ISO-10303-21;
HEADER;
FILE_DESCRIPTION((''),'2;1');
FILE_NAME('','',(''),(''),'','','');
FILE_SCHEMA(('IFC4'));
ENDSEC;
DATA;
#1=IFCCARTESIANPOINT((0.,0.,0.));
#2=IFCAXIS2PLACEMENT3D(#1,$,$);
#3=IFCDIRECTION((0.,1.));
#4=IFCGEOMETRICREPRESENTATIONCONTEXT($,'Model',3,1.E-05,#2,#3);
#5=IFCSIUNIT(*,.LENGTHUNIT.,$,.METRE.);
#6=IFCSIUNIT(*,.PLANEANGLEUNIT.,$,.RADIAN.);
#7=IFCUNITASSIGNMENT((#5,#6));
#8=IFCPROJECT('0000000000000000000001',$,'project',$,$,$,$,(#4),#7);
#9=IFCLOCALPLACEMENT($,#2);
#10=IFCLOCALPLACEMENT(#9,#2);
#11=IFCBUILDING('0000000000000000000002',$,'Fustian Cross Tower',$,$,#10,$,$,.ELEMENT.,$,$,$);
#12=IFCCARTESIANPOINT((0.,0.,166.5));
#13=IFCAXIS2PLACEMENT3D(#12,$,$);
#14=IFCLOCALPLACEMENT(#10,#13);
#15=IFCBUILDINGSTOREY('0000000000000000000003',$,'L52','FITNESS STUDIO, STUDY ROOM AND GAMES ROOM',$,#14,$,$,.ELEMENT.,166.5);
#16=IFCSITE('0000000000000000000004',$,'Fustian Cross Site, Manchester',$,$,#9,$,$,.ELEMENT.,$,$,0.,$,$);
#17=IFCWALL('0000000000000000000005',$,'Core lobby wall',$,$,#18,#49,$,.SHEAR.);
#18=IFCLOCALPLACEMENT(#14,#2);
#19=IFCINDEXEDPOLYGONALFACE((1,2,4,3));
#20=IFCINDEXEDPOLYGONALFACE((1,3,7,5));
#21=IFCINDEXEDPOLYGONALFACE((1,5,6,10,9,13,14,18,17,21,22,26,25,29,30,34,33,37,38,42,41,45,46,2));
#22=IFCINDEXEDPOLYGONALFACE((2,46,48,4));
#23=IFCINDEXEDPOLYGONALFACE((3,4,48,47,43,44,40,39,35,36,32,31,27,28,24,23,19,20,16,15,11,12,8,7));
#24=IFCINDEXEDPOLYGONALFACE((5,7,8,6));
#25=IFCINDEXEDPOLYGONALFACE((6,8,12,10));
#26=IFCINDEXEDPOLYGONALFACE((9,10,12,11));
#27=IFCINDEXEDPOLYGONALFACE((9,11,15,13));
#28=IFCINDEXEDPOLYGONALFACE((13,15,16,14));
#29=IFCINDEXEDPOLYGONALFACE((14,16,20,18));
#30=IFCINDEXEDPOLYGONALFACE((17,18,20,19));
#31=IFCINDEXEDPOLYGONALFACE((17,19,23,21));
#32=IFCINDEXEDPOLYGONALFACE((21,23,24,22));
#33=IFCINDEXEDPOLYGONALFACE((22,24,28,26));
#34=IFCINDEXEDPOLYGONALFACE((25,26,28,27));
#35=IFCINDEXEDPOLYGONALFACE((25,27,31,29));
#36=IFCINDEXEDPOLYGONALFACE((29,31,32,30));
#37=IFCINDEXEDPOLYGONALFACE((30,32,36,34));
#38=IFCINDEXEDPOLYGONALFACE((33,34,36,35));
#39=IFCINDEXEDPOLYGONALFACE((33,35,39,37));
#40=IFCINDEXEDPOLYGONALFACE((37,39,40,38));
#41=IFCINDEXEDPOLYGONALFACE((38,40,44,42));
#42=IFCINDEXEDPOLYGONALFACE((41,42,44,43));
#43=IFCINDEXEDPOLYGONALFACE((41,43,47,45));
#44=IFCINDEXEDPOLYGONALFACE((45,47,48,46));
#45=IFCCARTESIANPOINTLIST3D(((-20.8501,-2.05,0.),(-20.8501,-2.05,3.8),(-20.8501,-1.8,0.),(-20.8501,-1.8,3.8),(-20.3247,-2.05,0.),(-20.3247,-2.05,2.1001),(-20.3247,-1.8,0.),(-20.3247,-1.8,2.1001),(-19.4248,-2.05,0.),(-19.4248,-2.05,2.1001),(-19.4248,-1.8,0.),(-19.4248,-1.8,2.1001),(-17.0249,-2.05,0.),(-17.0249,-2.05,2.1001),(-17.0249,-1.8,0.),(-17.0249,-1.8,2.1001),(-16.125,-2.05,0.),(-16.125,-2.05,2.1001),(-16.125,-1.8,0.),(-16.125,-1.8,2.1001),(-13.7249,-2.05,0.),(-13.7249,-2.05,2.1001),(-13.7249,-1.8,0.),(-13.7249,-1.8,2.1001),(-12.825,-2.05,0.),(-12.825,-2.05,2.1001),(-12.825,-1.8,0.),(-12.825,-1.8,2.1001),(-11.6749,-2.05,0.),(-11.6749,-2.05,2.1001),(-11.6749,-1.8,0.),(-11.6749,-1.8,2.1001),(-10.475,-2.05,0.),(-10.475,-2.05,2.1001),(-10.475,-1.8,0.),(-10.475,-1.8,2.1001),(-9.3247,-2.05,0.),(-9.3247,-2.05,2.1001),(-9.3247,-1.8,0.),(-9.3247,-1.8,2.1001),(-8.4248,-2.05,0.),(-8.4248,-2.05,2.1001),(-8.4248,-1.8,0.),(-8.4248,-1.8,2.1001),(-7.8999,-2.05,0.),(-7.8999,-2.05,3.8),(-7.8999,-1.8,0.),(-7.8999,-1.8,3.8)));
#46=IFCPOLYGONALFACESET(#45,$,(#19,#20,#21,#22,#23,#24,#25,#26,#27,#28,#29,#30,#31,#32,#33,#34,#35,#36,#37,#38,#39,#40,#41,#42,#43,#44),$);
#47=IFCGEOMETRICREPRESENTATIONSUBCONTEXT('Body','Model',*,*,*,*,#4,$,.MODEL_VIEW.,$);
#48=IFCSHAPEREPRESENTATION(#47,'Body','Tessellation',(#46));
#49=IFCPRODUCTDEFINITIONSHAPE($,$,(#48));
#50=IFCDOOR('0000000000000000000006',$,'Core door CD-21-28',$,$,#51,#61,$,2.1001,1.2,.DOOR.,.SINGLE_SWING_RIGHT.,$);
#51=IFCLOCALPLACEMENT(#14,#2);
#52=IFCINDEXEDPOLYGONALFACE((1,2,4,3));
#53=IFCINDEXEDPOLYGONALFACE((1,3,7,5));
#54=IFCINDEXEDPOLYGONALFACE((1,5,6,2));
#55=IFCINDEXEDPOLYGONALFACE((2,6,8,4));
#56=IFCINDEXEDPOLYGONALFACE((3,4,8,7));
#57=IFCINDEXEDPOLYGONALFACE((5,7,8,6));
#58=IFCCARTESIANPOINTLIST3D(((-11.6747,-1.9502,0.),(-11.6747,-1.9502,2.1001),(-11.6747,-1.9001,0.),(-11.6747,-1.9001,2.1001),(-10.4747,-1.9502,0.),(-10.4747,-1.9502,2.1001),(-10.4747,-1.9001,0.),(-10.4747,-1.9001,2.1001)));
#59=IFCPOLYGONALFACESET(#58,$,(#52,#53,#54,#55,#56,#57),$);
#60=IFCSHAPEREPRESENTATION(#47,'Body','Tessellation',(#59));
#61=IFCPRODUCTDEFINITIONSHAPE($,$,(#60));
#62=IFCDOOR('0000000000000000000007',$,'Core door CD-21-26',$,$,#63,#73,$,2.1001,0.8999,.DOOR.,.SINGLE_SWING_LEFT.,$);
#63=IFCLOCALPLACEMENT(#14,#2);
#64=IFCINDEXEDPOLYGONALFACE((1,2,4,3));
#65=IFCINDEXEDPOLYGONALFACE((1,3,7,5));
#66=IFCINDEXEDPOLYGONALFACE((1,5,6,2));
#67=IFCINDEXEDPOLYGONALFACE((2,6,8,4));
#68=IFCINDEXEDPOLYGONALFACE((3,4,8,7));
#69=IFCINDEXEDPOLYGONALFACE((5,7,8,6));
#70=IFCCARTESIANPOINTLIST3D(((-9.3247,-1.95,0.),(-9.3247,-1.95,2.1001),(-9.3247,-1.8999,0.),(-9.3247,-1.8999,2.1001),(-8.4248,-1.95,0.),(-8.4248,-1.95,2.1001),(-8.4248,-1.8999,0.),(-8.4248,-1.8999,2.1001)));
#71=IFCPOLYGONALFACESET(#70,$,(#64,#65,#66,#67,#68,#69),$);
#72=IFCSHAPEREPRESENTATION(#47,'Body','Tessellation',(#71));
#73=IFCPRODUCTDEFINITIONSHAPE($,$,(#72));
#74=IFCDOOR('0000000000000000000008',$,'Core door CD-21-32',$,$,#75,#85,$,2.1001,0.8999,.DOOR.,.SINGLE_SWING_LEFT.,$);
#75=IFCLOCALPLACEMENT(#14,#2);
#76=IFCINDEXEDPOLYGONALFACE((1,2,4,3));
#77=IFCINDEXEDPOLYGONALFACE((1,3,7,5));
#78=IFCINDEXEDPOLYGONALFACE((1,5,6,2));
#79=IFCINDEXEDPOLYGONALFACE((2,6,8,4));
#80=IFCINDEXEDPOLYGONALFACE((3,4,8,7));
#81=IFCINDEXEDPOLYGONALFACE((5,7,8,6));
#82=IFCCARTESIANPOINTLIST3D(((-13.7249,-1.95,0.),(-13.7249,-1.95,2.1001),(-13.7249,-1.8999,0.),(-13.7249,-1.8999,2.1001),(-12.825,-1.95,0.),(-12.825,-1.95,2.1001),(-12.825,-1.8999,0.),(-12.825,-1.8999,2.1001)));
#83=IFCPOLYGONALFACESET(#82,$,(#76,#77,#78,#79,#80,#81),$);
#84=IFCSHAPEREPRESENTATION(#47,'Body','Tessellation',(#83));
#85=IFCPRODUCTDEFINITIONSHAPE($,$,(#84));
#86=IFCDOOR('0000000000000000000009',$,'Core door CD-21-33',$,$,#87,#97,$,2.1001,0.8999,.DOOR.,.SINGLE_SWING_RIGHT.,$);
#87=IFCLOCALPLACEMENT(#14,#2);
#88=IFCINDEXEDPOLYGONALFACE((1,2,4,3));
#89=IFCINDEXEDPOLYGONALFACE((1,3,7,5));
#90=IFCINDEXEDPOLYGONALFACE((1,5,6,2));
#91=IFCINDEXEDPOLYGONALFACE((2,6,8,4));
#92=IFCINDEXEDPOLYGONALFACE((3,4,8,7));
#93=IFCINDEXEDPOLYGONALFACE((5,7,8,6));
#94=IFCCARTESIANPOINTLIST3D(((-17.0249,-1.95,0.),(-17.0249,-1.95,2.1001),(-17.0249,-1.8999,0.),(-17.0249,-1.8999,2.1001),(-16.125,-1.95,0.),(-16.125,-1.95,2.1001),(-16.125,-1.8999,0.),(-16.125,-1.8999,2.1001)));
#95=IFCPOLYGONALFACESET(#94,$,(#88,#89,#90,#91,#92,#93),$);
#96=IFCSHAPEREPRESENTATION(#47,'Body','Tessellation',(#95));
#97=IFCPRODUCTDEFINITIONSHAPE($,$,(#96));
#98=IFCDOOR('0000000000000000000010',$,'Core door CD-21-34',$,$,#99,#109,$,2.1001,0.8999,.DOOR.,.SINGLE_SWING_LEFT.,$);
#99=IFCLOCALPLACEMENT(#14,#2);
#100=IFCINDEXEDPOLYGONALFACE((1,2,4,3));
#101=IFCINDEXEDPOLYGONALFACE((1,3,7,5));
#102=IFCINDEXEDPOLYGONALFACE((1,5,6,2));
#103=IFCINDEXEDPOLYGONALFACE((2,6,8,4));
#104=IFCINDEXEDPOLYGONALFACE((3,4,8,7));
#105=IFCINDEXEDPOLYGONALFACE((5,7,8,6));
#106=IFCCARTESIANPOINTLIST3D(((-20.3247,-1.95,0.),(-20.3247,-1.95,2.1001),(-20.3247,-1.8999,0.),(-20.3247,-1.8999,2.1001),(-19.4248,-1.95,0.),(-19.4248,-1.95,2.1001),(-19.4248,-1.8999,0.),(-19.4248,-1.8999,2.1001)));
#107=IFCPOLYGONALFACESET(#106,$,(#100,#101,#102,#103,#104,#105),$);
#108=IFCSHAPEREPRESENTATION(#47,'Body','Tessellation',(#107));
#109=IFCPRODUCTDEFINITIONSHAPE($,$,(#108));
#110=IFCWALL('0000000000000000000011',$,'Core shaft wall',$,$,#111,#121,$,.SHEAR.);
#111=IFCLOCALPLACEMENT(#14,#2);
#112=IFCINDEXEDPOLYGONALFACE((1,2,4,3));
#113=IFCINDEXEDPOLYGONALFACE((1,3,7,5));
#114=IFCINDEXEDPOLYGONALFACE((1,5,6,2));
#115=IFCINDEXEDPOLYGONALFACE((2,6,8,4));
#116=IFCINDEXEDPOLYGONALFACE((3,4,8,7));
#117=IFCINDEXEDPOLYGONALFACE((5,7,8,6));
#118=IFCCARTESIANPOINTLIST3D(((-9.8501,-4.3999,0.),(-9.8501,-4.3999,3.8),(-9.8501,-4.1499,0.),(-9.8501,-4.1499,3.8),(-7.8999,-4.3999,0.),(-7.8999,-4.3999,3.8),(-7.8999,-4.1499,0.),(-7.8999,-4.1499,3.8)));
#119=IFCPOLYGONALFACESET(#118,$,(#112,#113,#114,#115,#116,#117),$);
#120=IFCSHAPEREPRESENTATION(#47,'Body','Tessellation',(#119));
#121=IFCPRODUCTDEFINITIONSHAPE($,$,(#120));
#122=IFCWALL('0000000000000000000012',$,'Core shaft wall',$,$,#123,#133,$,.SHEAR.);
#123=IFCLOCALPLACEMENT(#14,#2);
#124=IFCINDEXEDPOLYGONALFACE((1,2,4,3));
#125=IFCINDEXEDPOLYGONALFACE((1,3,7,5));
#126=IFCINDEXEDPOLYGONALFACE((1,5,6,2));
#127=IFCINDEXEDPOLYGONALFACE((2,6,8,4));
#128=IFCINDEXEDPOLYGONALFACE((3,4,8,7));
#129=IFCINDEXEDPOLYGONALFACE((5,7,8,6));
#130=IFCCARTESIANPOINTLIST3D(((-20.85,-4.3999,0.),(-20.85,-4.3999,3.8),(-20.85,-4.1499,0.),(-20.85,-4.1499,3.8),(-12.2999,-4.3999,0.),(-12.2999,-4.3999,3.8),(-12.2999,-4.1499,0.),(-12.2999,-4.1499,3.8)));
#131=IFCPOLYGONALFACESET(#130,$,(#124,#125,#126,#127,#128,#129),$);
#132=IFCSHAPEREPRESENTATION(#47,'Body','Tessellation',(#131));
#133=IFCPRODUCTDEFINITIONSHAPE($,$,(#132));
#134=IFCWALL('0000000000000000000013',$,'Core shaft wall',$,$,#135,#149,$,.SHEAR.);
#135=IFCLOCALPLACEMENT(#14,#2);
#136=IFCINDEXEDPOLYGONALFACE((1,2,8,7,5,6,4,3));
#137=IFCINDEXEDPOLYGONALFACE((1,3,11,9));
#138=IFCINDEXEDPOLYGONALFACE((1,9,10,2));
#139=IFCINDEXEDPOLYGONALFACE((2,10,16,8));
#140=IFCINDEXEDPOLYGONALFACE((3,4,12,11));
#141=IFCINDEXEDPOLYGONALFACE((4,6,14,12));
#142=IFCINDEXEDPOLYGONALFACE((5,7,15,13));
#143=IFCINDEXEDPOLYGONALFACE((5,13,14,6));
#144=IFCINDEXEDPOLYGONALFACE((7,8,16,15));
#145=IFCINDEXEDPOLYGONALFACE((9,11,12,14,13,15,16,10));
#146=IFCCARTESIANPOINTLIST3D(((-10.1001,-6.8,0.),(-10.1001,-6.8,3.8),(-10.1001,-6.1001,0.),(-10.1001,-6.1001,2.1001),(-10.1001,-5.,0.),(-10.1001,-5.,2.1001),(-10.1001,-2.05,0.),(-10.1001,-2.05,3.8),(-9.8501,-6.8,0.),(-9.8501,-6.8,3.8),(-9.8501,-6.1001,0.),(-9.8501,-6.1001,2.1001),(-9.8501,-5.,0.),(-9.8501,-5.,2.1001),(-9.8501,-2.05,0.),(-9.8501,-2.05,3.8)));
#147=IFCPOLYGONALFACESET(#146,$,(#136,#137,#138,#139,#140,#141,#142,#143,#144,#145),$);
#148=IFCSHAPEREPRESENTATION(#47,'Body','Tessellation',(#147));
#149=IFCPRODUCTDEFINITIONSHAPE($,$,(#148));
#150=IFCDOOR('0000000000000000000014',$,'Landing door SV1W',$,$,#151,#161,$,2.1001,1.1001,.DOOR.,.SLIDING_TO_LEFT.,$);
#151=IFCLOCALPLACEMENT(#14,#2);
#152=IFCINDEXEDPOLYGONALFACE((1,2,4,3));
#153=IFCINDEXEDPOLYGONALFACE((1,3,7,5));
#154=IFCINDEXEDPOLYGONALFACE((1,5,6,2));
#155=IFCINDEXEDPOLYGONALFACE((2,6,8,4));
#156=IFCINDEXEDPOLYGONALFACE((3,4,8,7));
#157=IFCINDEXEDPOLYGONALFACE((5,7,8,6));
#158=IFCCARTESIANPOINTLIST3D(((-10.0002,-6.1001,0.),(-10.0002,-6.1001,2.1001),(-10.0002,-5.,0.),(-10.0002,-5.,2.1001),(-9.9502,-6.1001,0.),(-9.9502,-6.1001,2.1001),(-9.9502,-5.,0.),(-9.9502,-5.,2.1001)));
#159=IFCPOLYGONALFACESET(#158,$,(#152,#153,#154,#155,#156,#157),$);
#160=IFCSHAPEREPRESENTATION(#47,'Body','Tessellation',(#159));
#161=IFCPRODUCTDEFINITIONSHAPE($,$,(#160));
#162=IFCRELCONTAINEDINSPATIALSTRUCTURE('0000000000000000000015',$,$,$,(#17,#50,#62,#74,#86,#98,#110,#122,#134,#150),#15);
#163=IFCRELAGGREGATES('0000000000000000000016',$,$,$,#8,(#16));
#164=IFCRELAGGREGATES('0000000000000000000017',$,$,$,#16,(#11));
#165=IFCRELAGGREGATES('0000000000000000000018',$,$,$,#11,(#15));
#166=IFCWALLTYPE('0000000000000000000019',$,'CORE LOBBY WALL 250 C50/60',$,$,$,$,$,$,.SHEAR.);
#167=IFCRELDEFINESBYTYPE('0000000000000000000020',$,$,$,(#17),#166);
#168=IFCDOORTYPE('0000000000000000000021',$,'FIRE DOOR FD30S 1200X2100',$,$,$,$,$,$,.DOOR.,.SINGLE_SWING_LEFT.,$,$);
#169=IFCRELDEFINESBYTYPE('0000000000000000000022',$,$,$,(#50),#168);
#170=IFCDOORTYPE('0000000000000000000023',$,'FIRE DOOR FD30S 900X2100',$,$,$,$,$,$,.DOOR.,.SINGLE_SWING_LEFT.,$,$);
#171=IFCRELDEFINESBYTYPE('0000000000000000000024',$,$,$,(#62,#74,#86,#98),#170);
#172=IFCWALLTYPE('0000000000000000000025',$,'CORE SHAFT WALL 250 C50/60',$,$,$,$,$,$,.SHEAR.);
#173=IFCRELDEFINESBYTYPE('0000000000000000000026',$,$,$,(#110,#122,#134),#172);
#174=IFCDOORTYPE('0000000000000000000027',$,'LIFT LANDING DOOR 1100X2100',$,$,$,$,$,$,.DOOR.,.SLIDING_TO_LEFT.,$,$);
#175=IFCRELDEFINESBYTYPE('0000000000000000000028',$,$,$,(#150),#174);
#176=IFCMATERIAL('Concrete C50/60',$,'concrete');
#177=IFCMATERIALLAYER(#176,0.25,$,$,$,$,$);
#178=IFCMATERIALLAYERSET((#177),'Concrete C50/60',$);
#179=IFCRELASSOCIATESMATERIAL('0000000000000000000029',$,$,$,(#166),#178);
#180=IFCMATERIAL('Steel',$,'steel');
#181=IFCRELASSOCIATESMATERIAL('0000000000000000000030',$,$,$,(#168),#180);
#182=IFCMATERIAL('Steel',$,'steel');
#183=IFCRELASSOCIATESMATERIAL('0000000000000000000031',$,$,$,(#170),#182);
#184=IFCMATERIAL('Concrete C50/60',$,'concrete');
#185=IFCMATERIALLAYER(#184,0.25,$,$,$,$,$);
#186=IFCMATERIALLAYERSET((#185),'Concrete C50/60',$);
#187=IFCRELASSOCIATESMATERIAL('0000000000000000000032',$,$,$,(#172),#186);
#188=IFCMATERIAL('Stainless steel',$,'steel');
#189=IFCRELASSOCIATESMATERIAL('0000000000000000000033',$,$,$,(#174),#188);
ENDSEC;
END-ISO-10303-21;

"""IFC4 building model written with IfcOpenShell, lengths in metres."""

from ifc_helpers import new_model, si_unit, direction, frame, frame_2d, origin, place, context, subcontext, project, spatial, rectangle, extrude, material, layer, layer_set, type_object, element, fill, save


model = new_model("IFC4")

# Units and contexts
model_context = context("Model", 3, precision=1e-05, world=origin(), true_north=direction((0.0, 1.0)))
body_context = subcontext(model_context, "Body", "Model", "MODEL_VIEW")
ifc_project = project(units=[si_unit("LENGTHUNIT", "METRE"), si_unit("PLANEANGLEUNIT", "RADIAN")], contexts=[model_context])

# Site, building, storey
site_placement = place(None, origin())
site = spatial("IfcSite", under=ifc_project, at=site_placement, Name="Fustian Cross Site, Manchester", CompositionType="ELEMENT", RefElevation=0.0)
building_placement = place(site_placement, origin())
building = spatial("IfcBuilding", under=site, at=building_placement, Name="Fustian Cross Tower", CompositionType="ELEMENT")
storey_placement = place(building_placement, frame((0.0, 0.0, 166.5)))
storey = spatial("IfcBuildingStorey", under=building, at=storey_placement, Name="L52", Description="FITNESS STUDIO, STUDY ROOM AND GAMES ROOM", CompositionType="ELEMENT", Elevation=166.5)

# Wall, openings, doors
ifc_material_1 = material(Name="Concrete C50/60", Category="concrete")
ifc_layer_1 = layer(ifc_material_1, 0.25)
ifc_layer_set_1 = layer_set([ifc_layer_1], Name="Concrete C50/60")
wall_type_1 = type_object("IfcWallType", Name="CORE LOBBY WALL 250 C50/60", PredefinedType="SHEAR", material=ifc_layer_set_1)
wall_1_placement = place(storey_placement, frame((-7.8999, -1.925, 0.0), z_axis=(0.0, 0.0, 1.0), x_axis=(-1.0, 0.0, 0.0)))
wall_1 = element("IfcWall", 1, at=wall_1_placement, inside=storey, type_object=wall_type_1, Name="Core lobby wall", PredefinedType="SHEAR", context=body_context, shape_type="SweptSolid", body=[
    extrude(rectangle(XDim=12.9502, YDim=0.25, at=frame_2d((6.4751, 0.0))), origin(), (0.0, 0.0, 1.0), 3.8),
])
opening_1_placement = place(wall_1_placement, frame((0.5249, 0.0, 0.0)))
opening_1 = element("IfcOpeningElement", 2, at=opening_1_placement, cuts=wall_1, PredefinedType="OPENING", context=body_context, shape_type="SweptSolid", body=[
    extrude(rectangle(XDim=0.8999, YDim=2.1001, at=frame_2d((0.45, 1.05))), frame((0.0, 0.135, 0.0), z_axis=(0.0, -1.0, 0.0), x_axis=(1.0, 0.0, 0.0)), (0.0, 0.0, 1.0), 0.27),
])
opening_2_placement = place(wall_1_placement, frame((2.575, 0.0, 0.0)))
opening_2 = element("IfcOpeningElement", 3, at=opening_2_placement, cuts=wall_1, PredefinedType="OPENING", context=body_context, shape_type="SweptSolid", body=[
    extrude(rectangle(XDim=1.2, YDim=2.1001, at=frame_2d((0.6001, 1.05))), frame((0.0, 0.135, 0.0), z_axis=(0.0, -1.0, 0.0), x_axis=(1.0, 0.0, 0.0)), (0.0, 0.0, 1.0), 0.27),
])
opening_3_placement = place(wall_1_placement, frame((4.925, 0.0, 0.0)))
opening_3 = element("IfcOpeningElement", 4, at=opening_3_placement, cuts=wall_1, PredefinedType="OPENING", context=body_context, shape_type="SweptSolid", body=[
    extrude(rectangle(XDim=0.8999, YDim=2.1001, at=frame_2d((0.45, 1.05))), frame((0.0, 0.135, 0.0), z_axis=(0.0, -1.0, 0.0), x_axis=(1.0, 0.0, 0.0)), (0.0, 0.0, 1.0), 0.27),
])
opening_4_placement = place(wall_1_placement, frame((8.2251, 0.0, 0.0)))
opening_4 = element("IfcOpeningElement", 5, at=opening_4_placement, cuts=wall_1, PredefinedType="OPENING", context=body_context, shape_type="SweptSolid", body=[
    extrude(rectangle(XDim=0.8999, YDim=2.1001, at=frame_2d((0.45, 1.05))), frame((0.0, 0.135, 0.0), z_axis=(0.0, -1.0, 0.0), x_axis=(1.0, 0.0, 0.0)), (0.0, 0.0, 1.0), 0.27),
])
opening_5_placement = place(wall_1_placement, frame((11.5249, 0.0, 0.0)))
opening_5 = element("IfcOpeningElement", 6, at=opening_5_placement, cuts=wall_1, PredefinedType="OPENING", context=body_context, shape_type="SweptSolid", body=[
    extrude(rectangle(XDim=0.8999, YDim=2.1001, at=frame_2d((0.45, 1.05))), frame((0.0, 0.135, 0.0), z_axis=(0.0, -1.0, 0.0), x_axis=(1.0, 0.0, 0.0)), (0.0, 0.0, 1.0), 0.27),
])
ifc_material_2 = material(Name="Steel", Category="steel")
door_type_1 = type_object("IfcDoorType", Name="FIRE DOOR FD30S 1200X2100", OperationType="SINGLE_SWING_LEFT", PredefinedType="DOOR", material=ifc_material_2)
door_1_placement = place(opening_2_placement, frame((1.2, 0.0, 0.0), z_axis=(0.0, 0.0, 1.0), x_axis=(-1.0, 0.0, 0.0)))
door_1 = element("IfcDoor", 7, at=door_1_placement, inside=storey, type_object=door_type_1, Name="Core door CD-21-28", OperationType="SINGLE_SWING_RIGHT", OverallHeight=2.1001, OverallWidth=1.2, PredefinedType="DOOR", context=body_context, shape_type="SweptSolid", body=[
    extrude(rectangle(XDim=1.2, YDim=2.1001, at=frame_2d((0.6001, 1.05))), frame((0.0, 0.0249, 0.0), z_axis=(0.0, -1.0, 0.0), x_axis=(1.0, 0.0, 0.0)), (0.0, 0.0, 1.0), 0.05),
])
fill(opening_2, door_1)
ifc_material_3 = material(Name="Steel", Category="steel")
door_type_2 = type_object("IfcDoorType", Name="FIRE DOOR FD30S 900X2100", OperationType="SINGLE_SWING_LEFT", PredefinedType="DOOR", material=ifc_material_3)
door_2_placement = place(opening_1_placement, origin())
door_2 = element("IfcDoor", 8, at=door_2_placement, inside=storey, type_object=door_type_2, Name="Core door CD-21-26", OperationType="SINGLE_SWING_LEFT", OverallHeight=2.1001, OverallWidth=0.8999, PredefinedType="DOOR", context=body_context, shape_type="SweptSolid", body=[
    extrude(rectangle(XDim=0.8999, YDim=2.1001, at=frame_2d((0.45, 1.05))), frame((0.0, 0.0249, 0.0), z_axis=(0.0, -1.0, 0.0), x_axis=(1.0, 0.0, 0.0)), (0.0, 0.0, 1.0), 0.05),
])
fill(opening_1, door_2)
door_3_placement = place(opening_3_placement, origin())
door_3 = element("IfcDoor", 9, at=door_3_placement, inside=storey, type_object=door_type_2, Name="Core door CD-21-32", OperationType="SINGLE_SWING_LEFT", OverallHeight=2.1001, OverallWidth=0.8999, PredefinedType="DOOR", context=body_context, shape_type="SweptSolid", body=[
    extrude(rectangle(XDim=0.8999, YDim=2.1001, at=frame_2d((0.45, 1.05))), frame((0.0, 0.0249, 0.0), z_axis=(0.0, -1.0, 0.0), x_axis=(1.0, 0.0, 0.0)), (0.0, 0.0, 1.0), 0.05),
])
fill(opening_3, door_3)
door_4_placement = place(opening_4_placement, origin())
door_4 = element("IfcDoor", 10, at=door_4_placement, inside=storey, type_object=door_type_2, Name="Core door CD-21-33", OperationType="SINGLE_SWING_RIGHT", OverallHeight=2.1001, OverallWidth=0.8999, PredefinedType="DOOR", context=body_context, shape_type="SweptSolid", body=[
    extrude(rectangle(XDim=0.8999, YDim=2.1001, at=frame_2d((0.45, 1.05))), frame((0.0, 0.0249, 0.0), z_axis=(0.0, -1.0, 0.0), x_axis=(1.0, 0.0, 0.0)), (0.0, 0.0, 1.0), 0.05),
])
fill(opening_4, door_4)
door_5_placement = place(opening_5_placement, origin())
door_5 = element("IfcDoor", 11, at=door_5_placement, inside=storey, type_object=door_type_2, Name="Core door CD-21-34", OperationType="SINGLE_SWING_LEFT", OverallHeight=2.1001, OverallWidth=0.8999, PredefinedType="DOOR", context=body_context, shape_type="SweptSolid", body=[
    extrude(rectangle(XDim=0.8999, YDim=2.1001, at=frame_2d((0.45, 1.05))), frame((0.0, 0.0249, 0.0), z_axis=(0.0, -1.0, 0.0), x_axis=(1.0, 0.0, 0.0)), (0.0, 0.0, 1.0), 0.05),
])
fill(opening_5, door_5)

# Walls
ifc_material_4 = material(Name="Concrete C50/60", Category="concrete")
ifc_layer_2 = layer(ifc_material_4, 0.25)
ifc_layer_set_2 = layer_set([ifc_layer_2], Name="Concrete C50/60")
wall_type_2 = type_object("IfcWallType", Name="CORE SHAFT WALL 250 C50/60", PredefinedType="SHEAR", material=ifc_layer_set_2)
wall_2_placement = place(storey_placement, frame((-7.8999, -4.2749, 0.0), z_axis=(0.0, 0.0, 1.0), x_axis=(-1.0, 0.0, 0.0)))
element("IfcWall", 12, at=wall_2_placement, inside=storey, type_object=wall_type_2, Name="Core shaft wall", PredefinedType="SHEAR", context=body_context, shape_type="SweptSolid", body=[
    extrude(rectangle(XDim=1.9502, YDim=0.25, at=frame_2d((0.9751, 0.0))), origin(), (0.0, 0.0, 1.0), 3.8),
])
wall_3_placement = place(storey_placement, frame((-12.3, -4.2749, 0.0), z_axis=(0.0, 0.0, 1.0), x_axis=(-1.0, 0.0, 0.0)))
element("IfcWall", 13, at=wall_3_placement, inside=storey, type_object=wall_type_2, Name="Core shaft wall", PredefinedType="SHEAR", context=body_context, shape_type="SweptSolid", body=[
    extrude(rectangle(XDim=8.55, YDim=0.25, at=frame_2d((4.2749, 0.0))), origin(), (0.0, 0.0, 1.0), 3.8),
])

# Wall, opening, door
wall_4_placement = place(storey_placement, frame((-9.9751, -2.05, 0.0), z_axis=(0.0, 0.0, 1.0), x_axis=(0.0, -1.0, 0.0)))
wall_4 = element("IfcWall", 14, at=wall_4_placement, inside=storey, type_object=wall_type_2, Name="Core shaft wall", PredefinedType="SHEAR", context=body_context, shape_type="SweptSolid", body=[
    extrude(rectangle(XDim=4.75, YDim=0.25, at=frame_2d((2.375, 0.0))), origin(), (0.0, 0.0, 1.0), 3.8),
])
opening_6_placement = place(wall_4_placement, frame((2.95, 0.0, 0.0)))
opening_6 = element("IfcOpeningElement", 15, at=opening_6_placement, cuts=wall_4, PredefinedType="OPENING", context=body_context, shape_type="SweptSolid", body=[
    extrude(rectangle(XDim=1.1001, YDim=2.1001, at=frame_2d((0.55, 1.05))), frame((0.0, 0.135, 0.0), z_axis=(0.0, -1.0, 0.0), x_axis=(1.0, 0.0, 0.0)), (0.0, 0.0, 1.0), 0.27),
])
ifc_material_5 = material(Name="Stainless steel", Category="steel")
door_type_3 = type_object("IfcDoorType", Name="LIFT LANDING DOOR 1100X2100", OperationType="SLIDING_TO_LEFT", PredefinedType="DOOR", material=ifc_material_5)
door_6_placement = place(opening_6_placement, origin())
door_6 = element("IfcDoor", 16, at=door_6_placement, inside=storey, type_object=door_type_3, Name="Landing door SV1W", OperationType="SLIDING_TO_LEFT", OverallHeight=2.1001, OverallWidth=1.1001, PredefinedType="DOOR", context=body_context, shape_type="SweptSolid", body=[
    extrude(rectangle(XDim=1.1001, YDim=2.1001, at=frame_2d((0.55, 1.05))), frame((0.0, 0.0249, 0.0), z_axis=(0.0, -1.0, 0.0), x_axis=(1.0, 0.0, 0.0)), (0.0, 0.0, 1.0), 0.05),
])
fill(opening_6, door_6)

save(model, "model.ifc")
